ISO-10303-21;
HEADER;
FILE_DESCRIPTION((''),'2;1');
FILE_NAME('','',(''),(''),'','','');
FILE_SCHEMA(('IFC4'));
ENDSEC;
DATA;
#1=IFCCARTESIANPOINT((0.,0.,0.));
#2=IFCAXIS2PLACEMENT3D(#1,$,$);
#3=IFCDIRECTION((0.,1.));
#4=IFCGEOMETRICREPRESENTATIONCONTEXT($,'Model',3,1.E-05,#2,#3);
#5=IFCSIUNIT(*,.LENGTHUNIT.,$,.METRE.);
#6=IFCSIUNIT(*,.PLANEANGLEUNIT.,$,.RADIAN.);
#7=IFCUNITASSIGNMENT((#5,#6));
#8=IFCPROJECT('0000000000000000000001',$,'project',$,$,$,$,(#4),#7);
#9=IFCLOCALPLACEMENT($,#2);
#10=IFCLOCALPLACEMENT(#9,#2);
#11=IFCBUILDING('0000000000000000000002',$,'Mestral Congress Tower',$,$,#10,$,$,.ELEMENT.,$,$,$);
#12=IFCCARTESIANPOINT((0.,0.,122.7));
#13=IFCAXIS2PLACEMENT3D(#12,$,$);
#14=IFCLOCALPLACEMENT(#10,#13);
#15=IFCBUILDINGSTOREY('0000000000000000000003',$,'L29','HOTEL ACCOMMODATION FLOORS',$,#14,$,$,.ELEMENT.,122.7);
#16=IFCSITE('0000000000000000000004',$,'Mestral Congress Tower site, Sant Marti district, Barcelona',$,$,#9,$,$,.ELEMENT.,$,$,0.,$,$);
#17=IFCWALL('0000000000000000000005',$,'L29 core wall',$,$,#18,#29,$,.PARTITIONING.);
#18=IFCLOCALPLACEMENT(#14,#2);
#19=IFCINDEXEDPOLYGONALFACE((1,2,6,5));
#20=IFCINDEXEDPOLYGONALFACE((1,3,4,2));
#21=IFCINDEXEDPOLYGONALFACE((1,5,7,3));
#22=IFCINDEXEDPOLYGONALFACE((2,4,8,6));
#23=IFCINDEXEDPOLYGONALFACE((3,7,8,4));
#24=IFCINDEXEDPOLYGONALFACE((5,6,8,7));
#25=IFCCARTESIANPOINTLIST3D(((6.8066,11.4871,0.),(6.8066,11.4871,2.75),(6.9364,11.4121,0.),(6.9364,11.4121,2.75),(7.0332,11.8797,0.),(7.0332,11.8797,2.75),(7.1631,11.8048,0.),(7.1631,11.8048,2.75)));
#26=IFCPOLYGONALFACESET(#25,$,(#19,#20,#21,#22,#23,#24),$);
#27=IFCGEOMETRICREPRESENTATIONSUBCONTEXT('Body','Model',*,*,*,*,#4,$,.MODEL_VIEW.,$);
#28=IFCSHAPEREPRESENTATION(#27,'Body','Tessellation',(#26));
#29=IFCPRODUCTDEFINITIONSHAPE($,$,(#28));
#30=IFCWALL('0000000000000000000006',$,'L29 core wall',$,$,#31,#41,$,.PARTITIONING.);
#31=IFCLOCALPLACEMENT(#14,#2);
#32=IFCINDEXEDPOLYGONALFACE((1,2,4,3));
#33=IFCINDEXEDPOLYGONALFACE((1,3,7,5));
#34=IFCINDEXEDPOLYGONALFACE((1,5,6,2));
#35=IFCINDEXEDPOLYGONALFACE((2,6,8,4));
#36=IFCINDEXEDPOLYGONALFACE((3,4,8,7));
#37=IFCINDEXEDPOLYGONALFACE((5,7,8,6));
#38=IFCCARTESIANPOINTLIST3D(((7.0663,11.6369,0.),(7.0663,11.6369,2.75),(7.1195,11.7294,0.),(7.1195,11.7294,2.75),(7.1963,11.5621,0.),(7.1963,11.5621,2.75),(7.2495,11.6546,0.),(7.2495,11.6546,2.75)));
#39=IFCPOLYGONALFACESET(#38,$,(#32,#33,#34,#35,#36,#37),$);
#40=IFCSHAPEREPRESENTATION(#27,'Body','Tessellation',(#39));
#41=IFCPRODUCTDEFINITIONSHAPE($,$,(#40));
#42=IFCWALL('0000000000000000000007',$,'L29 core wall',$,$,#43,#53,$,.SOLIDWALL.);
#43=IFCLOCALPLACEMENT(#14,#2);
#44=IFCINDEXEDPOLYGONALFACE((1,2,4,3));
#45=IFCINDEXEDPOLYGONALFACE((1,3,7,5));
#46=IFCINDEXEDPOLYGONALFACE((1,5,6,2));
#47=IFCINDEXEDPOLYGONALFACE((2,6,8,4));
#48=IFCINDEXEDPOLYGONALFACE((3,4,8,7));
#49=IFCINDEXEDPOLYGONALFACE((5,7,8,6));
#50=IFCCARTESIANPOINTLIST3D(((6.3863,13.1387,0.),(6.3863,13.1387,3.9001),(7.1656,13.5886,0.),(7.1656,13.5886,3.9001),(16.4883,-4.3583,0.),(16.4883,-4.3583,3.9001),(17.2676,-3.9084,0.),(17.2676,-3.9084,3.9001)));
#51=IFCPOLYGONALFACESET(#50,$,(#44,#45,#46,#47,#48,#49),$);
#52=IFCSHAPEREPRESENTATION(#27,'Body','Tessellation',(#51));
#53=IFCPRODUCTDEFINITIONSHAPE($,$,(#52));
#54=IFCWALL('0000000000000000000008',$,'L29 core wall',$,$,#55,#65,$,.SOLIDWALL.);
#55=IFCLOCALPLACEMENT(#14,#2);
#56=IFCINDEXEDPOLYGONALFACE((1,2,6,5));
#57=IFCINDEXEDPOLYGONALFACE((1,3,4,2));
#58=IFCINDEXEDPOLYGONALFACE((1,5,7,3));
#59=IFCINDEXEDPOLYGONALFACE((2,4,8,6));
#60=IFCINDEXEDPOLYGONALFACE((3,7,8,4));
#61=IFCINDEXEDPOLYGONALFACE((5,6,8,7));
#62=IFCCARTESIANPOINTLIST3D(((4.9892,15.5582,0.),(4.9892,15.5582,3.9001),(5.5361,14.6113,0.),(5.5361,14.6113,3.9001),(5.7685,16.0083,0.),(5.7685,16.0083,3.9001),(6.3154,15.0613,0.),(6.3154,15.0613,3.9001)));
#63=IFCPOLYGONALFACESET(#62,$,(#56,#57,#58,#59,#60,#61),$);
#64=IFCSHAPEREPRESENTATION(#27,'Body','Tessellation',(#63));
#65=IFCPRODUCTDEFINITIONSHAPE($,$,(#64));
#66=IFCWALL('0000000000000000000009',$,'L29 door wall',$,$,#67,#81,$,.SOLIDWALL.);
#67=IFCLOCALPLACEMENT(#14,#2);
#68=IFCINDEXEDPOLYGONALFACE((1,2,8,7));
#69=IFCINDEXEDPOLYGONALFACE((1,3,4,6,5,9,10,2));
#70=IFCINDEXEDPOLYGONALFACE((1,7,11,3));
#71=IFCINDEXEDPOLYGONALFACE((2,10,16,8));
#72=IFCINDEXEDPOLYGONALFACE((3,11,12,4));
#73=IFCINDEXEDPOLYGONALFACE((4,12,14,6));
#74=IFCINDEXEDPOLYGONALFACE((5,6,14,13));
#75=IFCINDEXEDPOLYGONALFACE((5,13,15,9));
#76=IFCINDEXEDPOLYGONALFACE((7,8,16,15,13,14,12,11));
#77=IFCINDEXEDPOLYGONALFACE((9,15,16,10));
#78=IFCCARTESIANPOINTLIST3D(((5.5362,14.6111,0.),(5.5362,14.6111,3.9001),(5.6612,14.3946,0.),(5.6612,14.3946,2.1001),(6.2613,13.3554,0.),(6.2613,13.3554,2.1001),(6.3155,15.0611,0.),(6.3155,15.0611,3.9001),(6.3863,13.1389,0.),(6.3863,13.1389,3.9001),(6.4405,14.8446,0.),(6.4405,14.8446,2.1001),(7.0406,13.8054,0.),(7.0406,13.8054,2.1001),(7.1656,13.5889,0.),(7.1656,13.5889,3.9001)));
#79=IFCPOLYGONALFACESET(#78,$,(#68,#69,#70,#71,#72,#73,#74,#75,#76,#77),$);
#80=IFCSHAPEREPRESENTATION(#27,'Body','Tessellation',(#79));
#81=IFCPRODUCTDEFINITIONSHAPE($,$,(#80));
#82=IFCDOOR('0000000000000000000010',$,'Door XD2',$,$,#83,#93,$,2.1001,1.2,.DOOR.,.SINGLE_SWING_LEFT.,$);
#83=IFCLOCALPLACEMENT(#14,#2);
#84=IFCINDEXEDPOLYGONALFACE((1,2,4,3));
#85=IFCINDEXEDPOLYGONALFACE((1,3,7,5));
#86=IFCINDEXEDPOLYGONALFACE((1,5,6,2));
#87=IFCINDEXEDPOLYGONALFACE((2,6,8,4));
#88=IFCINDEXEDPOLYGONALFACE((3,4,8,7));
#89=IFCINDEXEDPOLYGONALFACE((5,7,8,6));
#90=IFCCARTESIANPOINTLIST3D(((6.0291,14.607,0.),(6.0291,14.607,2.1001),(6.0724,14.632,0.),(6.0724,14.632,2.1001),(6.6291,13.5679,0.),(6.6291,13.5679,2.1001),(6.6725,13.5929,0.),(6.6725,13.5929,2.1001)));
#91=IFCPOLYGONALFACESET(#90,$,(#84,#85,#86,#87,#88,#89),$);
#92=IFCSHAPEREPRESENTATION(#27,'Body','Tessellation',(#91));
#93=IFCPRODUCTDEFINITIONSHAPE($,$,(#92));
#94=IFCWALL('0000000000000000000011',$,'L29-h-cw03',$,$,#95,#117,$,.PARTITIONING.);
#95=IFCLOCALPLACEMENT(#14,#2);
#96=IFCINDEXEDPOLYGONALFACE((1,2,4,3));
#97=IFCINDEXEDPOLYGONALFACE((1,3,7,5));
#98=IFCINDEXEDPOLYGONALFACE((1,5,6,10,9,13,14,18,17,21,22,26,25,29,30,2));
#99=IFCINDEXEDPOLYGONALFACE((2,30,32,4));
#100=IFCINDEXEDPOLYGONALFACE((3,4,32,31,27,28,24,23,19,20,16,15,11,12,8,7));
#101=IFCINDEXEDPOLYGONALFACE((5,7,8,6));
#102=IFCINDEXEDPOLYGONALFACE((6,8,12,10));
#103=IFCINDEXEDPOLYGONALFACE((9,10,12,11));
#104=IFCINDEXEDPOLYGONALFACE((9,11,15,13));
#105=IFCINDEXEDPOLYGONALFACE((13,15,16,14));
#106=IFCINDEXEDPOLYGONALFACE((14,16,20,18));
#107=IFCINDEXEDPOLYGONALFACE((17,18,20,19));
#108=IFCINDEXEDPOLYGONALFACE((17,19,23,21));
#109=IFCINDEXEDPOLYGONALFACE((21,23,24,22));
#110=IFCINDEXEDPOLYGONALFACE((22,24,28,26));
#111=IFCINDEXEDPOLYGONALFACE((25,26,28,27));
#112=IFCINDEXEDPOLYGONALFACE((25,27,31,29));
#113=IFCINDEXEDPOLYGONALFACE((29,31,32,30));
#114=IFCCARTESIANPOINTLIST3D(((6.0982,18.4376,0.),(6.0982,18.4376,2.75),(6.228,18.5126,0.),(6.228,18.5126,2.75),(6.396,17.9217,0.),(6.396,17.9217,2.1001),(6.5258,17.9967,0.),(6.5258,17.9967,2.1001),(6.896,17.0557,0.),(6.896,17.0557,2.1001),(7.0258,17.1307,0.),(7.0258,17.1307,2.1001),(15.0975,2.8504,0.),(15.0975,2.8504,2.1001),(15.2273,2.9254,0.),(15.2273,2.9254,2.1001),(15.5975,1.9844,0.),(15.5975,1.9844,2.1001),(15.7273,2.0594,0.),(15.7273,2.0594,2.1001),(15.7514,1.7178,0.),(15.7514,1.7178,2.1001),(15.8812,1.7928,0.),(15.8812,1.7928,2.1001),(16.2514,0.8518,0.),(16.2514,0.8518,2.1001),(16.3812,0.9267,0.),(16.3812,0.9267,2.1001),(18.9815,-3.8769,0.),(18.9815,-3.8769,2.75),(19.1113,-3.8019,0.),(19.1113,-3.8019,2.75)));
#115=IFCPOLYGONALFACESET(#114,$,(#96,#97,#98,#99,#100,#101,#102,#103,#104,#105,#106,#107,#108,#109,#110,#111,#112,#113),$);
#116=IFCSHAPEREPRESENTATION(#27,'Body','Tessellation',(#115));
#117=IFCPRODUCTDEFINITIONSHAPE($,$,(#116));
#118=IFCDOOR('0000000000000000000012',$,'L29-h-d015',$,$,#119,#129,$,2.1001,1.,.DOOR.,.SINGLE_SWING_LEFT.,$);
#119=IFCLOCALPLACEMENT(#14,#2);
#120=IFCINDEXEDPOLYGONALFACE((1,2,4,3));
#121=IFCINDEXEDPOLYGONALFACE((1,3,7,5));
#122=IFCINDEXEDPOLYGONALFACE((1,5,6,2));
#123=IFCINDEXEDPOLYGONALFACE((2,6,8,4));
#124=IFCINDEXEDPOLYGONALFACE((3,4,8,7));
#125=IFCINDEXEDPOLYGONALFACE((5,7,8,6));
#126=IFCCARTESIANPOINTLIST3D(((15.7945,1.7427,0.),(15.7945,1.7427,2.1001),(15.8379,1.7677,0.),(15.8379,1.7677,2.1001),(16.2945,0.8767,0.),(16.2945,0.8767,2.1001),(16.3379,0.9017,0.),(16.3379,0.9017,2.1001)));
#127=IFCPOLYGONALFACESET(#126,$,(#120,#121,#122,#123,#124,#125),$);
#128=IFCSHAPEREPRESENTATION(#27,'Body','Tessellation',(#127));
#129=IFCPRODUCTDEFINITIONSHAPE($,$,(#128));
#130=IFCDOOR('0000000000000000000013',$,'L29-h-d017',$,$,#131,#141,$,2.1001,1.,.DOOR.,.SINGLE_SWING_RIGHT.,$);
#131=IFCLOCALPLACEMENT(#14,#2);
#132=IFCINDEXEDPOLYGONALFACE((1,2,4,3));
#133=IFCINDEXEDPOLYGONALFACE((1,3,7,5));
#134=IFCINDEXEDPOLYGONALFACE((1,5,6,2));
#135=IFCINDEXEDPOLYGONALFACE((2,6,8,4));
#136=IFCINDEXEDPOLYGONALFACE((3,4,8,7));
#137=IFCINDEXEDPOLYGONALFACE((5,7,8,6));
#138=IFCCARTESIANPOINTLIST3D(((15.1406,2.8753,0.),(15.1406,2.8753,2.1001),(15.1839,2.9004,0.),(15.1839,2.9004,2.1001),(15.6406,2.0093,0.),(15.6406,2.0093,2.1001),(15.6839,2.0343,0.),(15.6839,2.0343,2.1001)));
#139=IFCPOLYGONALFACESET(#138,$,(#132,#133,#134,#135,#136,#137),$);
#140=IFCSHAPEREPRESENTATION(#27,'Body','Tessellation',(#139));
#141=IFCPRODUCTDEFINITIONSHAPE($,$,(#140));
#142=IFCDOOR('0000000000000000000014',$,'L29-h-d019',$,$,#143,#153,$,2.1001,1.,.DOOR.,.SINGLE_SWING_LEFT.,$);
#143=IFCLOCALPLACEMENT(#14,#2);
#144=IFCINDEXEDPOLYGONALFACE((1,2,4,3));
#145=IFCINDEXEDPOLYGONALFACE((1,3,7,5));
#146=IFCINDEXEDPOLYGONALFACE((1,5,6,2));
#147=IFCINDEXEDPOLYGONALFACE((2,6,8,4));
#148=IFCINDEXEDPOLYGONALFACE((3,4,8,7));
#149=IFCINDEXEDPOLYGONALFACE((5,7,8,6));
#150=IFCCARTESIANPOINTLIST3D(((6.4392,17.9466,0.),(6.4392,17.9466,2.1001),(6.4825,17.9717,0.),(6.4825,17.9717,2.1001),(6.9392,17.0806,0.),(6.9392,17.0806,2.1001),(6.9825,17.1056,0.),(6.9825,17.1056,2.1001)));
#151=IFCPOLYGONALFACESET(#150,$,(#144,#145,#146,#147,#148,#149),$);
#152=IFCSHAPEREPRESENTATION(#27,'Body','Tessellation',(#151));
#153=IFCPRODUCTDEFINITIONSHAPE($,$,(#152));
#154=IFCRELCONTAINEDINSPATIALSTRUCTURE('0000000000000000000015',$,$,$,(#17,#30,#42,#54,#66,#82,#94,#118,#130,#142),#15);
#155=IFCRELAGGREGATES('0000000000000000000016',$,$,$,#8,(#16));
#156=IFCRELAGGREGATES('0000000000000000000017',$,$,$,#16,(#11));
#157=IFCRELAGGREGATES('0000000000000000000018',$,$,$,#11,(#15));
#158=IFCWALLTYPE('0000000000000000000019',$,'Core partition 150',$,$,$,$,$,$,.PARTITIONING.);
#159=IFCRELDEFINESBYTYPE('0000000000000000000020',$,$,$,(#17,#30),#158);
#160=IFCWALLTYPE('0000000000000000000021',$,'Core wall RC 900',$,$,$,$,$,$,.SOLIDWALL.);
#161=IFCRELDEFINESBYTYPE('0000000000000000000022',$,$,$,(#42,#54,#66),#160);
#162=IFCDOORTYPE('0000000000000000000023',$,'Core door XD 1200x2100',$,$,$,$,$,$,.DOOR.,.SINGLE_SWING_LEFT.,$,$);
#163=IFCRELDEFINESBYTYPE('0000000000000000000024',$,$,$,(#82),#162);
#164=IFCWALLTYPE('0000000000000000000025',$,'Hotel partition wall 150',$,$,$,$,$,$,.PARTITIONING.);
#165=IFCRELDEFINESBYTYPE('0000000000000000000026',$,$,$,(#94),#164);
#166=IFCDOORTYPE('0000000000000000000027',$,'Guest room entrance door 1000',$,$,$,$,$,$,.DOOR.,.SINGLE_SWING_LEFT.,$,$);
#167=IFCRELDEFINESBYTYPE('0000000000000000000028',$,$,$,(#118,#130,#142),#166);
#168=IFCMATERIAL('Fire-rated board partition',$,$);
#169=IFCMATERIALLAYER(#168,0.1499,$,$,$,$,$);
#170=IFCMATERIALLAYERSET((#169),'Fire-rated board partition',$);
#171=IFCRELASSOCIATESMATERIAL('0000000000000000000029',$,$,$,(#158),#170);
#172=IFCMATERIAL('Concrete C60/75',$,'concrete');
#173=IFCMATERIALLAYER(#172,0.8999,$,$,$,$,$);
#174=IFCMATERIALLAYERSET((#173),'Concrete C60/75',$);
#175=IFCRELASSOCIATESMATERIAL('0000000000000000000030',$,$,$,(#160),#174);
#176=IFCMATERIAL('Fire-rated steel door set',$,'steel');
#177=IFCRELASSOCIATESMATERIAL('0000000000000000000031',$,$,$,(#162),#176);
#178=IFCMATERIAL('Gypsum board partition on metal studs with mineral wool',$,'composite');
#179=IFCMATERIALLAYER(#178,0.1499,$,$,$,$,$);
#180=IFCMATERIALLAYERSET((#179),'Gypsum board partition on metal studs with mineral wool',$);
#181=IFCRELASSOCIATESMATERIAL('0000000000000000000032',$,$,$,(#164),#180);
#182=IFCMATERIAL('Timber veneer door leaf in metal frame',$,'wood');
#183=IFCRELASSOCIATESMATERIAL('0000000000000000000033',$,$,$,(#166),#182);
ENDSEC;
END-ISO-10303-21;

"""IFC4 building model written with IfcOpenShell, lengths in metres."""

from ifc_helpers import new_model, si_unit, direction, frame, frame_2d, origin, place, context, subcontext, project, spatial, rectangle, extrude, material, layer, layer_set, type_object, element, fill, save


model = new_model("IFC4")

# Units and contexts
model_context = context("Model", 3, precision=1e-05, world=origin(), true_north=direction((0.0, 1.0)))
body_context = subcontext(model_context, "Body", "Model", "MODEL_VIEW")
ifc_project = project(units=[si_unit("LENGTHUNIT", "METRE"), si_unit("PLANEANGLEUNIT", "RADIAN")], contexts=[model_context])

# Site, building, storey
site_placement = place(None, origin())
site = spatial("IfcSite", under=ifc_project, at=site_placement, Name="Mestral Congress Tower site, Sant Marti district, Barcelona", CompositionType="ELEMENT", RefElevation=0.0)
building_placement = place(site_placement, origin())
building = spatial("IfcBuilding", under=site, at=building_placement, Name="Mestral Congress Tower", CompositionType="ELEMENT")
storey_placement = place(building_placement, frame((0.0, 0.0, 122.7)))
storey = spatial("IfcBuildingStorey", under=building, at=storey_placement, Name="L29", Description="HOTEL ACCOMMODATION FLOORS", CompositionType="ELEMENT", Elevation=122.7)

# Walls
ifc_material_1 = material(Name="Fire-rated board partition")
ifc_layer_1 = layer(ifc_material_1, 0.1499)
ifc_layer_set_1 = layer_set([ifc_layer_1], Name="Fire-rated board partition")
wall_type_1 = type_object("IfcWallType", Name="Core partition 150", PredefinedType="PARTITIONING", material=ifc_layer_set_1)
wall_1_placement = place(storey_placement, frame((6.8716, 11.4497, 0.0), z_axis=(0.0, 0.0, 1.0), x_axis=(0.499847, 0.866114, 0.0)))
element("IfcWall", 1, at=wall_1_placement, inside=storey, type_object=wall_type_1, Name="L29 core wall", PredefinedType="PARTITIONING", context=body_context, shape_type="SweptSolid", body=[
    extrude(rectangle(XDim=0.4534, YDim=0.1499, at=frame_2d((0.2266, 0.0))), origin(), (0.0, 0.0, 1.0), 2.75),
])
wall_2_placement = place(storey_placement, frame((7.1313, 11.5996, 0.0), z_axis=(0.0, 0.0, 1.0), x_axis=(0.4986, 0.866832, 0.0)))
element("IfcWall", 2, at=wall_2_placement, inside=storey, type_object=wall_type_1, Name="L29 core wall", PredefinedType="PARTITIONING", context=body_context, shape_type="SweptSolid", body=[
    extrude(rectangle(XDim=0.1067, YDim=0.1499, at=frame_2d((0.0532, 0.0))), origin(), (0.0, 0.0, 1.0), 2.75),
])
ifc_material_2 = material(Name="Concrete C60/75", Category="concrete")
ifc_layer_2 = layer(ifc_material_2, 0.8999)
ifc_layer_set_2 = layer_set([ifc_layer_2], Name="Concrete C60/75")
wall_type_2 = type_object("IfcWallType", Name="Core wall RC 900", PredefinedType="SOLIDWALL", material=ifc_layer_set_2)
wall_3_placement = place(storey_placement, frame((6.7759, 13.3638, 0.0), z_axis=(0.0, 0.0, 1.0), x_axis=(0.500004, -0.866023, 0.0)))
element("IfcWall", 3, at=wall_3_placement, inside=storey, type_object=wall_type_2, Name="L29 core wall", PredefinedType="SOLIDWALL", context=body_context, shape_type="SweptSolid", body=[
    extrude(rectangle(XDim=20.2039, YDim=0.8999, at=frame_2d((10.1021, 0.0))), origin(), (0.0, 0.0, 1.0), 3.9001),
])
wall_4_placement = place(storey_placement, frame((5.9258, 14.8362, 0.0), z_axis=(0.0, 0.0, 1.0), x_axis=(-0.500077, 0.865981, 0.0)))
element("IfcWall", 4, at=wall_4_placement, inside=storey, type_object=wall_type_2, Name="L29 core wall", PredefinedType="SOLIDWALL", context=body_context, shape_type="SweptSolid", body=[
    extrude(rectangle(XDim=1.0935, YDim=0.8999, at=frame_2d((0.5469, 0.0))), origin(), (0.0, 0.0, 1.0), 3.9001),
])

# Wall, opening, door
wall_5_placement = place(storey_placement, frame((5.9258, 14.8362, 0.0), z_axis=(0.0, 0.0, 1.0), x_axis=(0.500062, -0.865989, 0.0)))
wall_5 = element("IfcWall", 5, at=wall_5_placement, inside=storey, type_object=wall_type_2, Name="L29 door wall", PredefinedType="SOLIDWALL", context=body_context, shape_type="SweptSolid", body=[
    extrude(rectangle(XDim=1.7, YDim=0.8999, at=frame_2d((0.8501, 0.0))), origin(), (0.0, 0.0, 1.0), 3.9001),
])
opening_1_placement = place(wall_5_placement, frame((0.25, 0.0, 0.0)))
opening_1 = element("IfcOpeningElement", 6, at=opening_1_placement, cuts=wall_5, PredefinedType="OPENING", context=body_context, shape_type="SweptSolid", body=[
    extrude(rectangle(XDim=1.2, YDim=2.1001, at=frame_2d((0.6001, 1.05))), frame((0.0, 0.46, 0.0), z_axis=(0.0, -1.0, 0.0), x_axis=(1.0, 0.0, 0.0)), (0.0, 0.0, 1.0), 0.9199),
])
ifc_material_3 = material(Name="Fire-rated steel door set", Category="steel")
door_type_1 = type_object("IfcDoorType", Name="Core door XD 1200x2100", OperationType="SINGLE_SWING_LEFT", PredefinedType="DOOR", material=ifc_material_3)
door_1_placement = place(opening_1_placement, origin())
door_1 = element("IfcDoor", 7, at=door_1_placement, inside=storey, type_object=door_type_1, Name="Door XD2", OperationType="SINGLE_SWING_LEFT", OverallHeight=2.1001, OverallWidth=1.2, PredefinedType="DOOR", context=body_context, shape_type="SweptSolid", body=[
    extrude(rectangle(XDim=1.2, YDim=2.1001, at=frame_2d((0.6001, 1.05))), frame((0.0, 0.0249, 0.0), z_axis=(0.0, -1.0, 0.0), x_axis=(1.0, 0.0, 0.0)), (0.0, 0.0, 1.0), 0.05),
])
fill(opening_1, door_1)

# Wall, openings, doors
ifc_material_4 = material(Name="Gypsum board partition on metal studs with mineral wool", Category="composite")
ifc_layer_3 = layer(ifc_material_4, 0.1499)
ifc_layer_set_3 = layer_set([ifc_layer_3], Name="Gypsum board partition on metal studs with mineral wool")
wall_type_3 = type_object("IfcWallType", Name="Hotel partition wall 150", PredefinedType="PARTITIONING", material=ifc_layer_set_3)
wall_6_placement = place(storey_placement, frame((6.1631, 18.4751, 0.0), z_axis=(0.0, 0.0, 1.0), x_axis=(0.500001, -0.866025, 0.0)))
wall_6 = element("IfcWall", 8, at=wall_6_placement, inside=storey, type_object=wall_type_3, Name="L29-h-cw03", PredefinedType="PARTITIONING", context=body_context, shape_type="SweptSolid", body=[
    extrude(rectangle(XDim=25.7666, YDim=0.1499, at=frame_2d((12.8833, 0.0))), origin(), (0.0, 0.0, 1.0), 2.75),
])
opening_2_placement = place(wall_6_placement, frame((19.3064, 0.0, 0.0)))
opening_2 = element("IfcOpeningElement", 9, at=opening_2_placement, cuts=wall_6, PredefinedType="OPENING", context=body_context, shape_type="SweptSolid", body=[
    extrude(rectangle(XDim=1.0, YDim=2.1001, at=frame_2d((0.5, 1.05))), frame((0.0, 0.085, 0.0), z_axis=(0.0, -1.0, 0.0), x_axis=(1.0, 0.0, 0.0)), (0.0, 0.0, 1.0), 0.1699),
])
opening_3_placement = place(wall_6_placement, frame((17.9985, 0.0, 0.0)))
opening_3 = element("IfcOpeningElement", 10, at=opening_3_placement, cuts=wall_6, PredefinedType="OPENING", context=body_context, shape_type="SweptSolid", body=[
    extrude(rectangle(XDim=1.0, YDim=2.1001, at=frame_2d((0.5, 1.05))), frame((0.0, 0.085, 0.0), z_axis=(0.0, -1.0, 0.0), x_axis=(1.0, 0.0, 0.0)), (0.0, 0.0, 1.0), 0.1699),
])
opening_4_placement = place(wall_6_placement, frame((0.5957, 0.0, 0.0)))
opening_4 = element("IfcOpeningElement", 11, at=opening_4_placement, cuts=wall_6, PredefinedType="OPENING", context=body_context, shape_type="SweptSolid", body=[
    extrude(rectangle(XDim=1.0, YDim=2.1001, at=frame_2d((0.5, 1.05))), frame((0.0, 0.085, 0.0), z_axis=(0.0, -1.0, 0.0), x_axis=(1.0, 0.0, 0.0)), (0.0, 0.0, 1.0), 0.1699),
])
ifc_material_5 = material(Name="Timber veneer door leaf in metal frame", Category="wood")
door_type_2 = type_object("IfcDoorType", Name="Guest room entrance door 1000", OperationType="SINGLE_SWING_LEFT", PredefinedType="DOOR", material=ifc_material_5)
door_2_placement = place(opening_2_placement, origin())
door_2 = element("IfcDoor", 12, at=door_2_placement, inside=storey, type_object=door_type_2, Name="L29-h-d015", OperationType="SINGLE_SWING_LEFT", OverallHeight=2.1001, OverallWidth=1.0, PredefinedType="DOOR", context=body_context, shape_type="SweptSolid", body=[
    extrude(rectangle(XDim=1.0, YDim=2.1001, at=frame_2d((0.5, 1.05))), frame((0.0, 0.0249, 0.0), z_axis=(0.0, -1.0, 0.0), x_axis=(1.0, 0.0, 0.0)), (0.0, 0.0, 1.0), 0.05),
])
fill(opening_2, door_2)
door_3_placement = place(opening_3_placement, origin())
door_3 = element("IfcDoor", 13, at=door_3_placement, inside=storey, type_object=door_type_2, Name="L29-h-d017", OperationType="SINGLE_SWING_RIGHT", OverallHeight=2.1001, OverallWidth=1.0, PredefinedType="DOOR", context=body_context, shape_type="SweptSolid", body=[
    extrude(rectangle(XDim=1.0, YDim=2.1001, at=frame_2d((0.5, 1.05))), frame((0.0, 0.0249, 0.0), z_axis=(0.0, -1.0, 0.0), x_axis=(1.0, 0.0, 0.0)), (0.0, 0.0, 1.0), 0.05),
])
fill(opening_3, door_3)
door_4_placement = place(opening_4_placement, origin())
door_4 = element("IfcDoor", 14, at=door_4_placement, inside=storey, type_object=door_type_2, Name="L29-h-d019", OperationType="SINGLE_SWING_LEFT", OverallHeight=2.1001, OverallWidth=1.0, PredefinedType="DOOR", context=body_context, shape_type="SweptSolid", body=[
    extrude(rectangle(XDim=1.0, YDim=2.1001, at=frame_2d((0.5, 1.05))), frame((0.0, 0.0249, 0.0), z_axis=(0.0, -1.0, 0.0), x_axis=(1.0, 0.0, 0.0)), (0.0, 0.0, 1.0), 0.05),
])
fill(opening_4, door_4)

save(model, "model.ifc")
